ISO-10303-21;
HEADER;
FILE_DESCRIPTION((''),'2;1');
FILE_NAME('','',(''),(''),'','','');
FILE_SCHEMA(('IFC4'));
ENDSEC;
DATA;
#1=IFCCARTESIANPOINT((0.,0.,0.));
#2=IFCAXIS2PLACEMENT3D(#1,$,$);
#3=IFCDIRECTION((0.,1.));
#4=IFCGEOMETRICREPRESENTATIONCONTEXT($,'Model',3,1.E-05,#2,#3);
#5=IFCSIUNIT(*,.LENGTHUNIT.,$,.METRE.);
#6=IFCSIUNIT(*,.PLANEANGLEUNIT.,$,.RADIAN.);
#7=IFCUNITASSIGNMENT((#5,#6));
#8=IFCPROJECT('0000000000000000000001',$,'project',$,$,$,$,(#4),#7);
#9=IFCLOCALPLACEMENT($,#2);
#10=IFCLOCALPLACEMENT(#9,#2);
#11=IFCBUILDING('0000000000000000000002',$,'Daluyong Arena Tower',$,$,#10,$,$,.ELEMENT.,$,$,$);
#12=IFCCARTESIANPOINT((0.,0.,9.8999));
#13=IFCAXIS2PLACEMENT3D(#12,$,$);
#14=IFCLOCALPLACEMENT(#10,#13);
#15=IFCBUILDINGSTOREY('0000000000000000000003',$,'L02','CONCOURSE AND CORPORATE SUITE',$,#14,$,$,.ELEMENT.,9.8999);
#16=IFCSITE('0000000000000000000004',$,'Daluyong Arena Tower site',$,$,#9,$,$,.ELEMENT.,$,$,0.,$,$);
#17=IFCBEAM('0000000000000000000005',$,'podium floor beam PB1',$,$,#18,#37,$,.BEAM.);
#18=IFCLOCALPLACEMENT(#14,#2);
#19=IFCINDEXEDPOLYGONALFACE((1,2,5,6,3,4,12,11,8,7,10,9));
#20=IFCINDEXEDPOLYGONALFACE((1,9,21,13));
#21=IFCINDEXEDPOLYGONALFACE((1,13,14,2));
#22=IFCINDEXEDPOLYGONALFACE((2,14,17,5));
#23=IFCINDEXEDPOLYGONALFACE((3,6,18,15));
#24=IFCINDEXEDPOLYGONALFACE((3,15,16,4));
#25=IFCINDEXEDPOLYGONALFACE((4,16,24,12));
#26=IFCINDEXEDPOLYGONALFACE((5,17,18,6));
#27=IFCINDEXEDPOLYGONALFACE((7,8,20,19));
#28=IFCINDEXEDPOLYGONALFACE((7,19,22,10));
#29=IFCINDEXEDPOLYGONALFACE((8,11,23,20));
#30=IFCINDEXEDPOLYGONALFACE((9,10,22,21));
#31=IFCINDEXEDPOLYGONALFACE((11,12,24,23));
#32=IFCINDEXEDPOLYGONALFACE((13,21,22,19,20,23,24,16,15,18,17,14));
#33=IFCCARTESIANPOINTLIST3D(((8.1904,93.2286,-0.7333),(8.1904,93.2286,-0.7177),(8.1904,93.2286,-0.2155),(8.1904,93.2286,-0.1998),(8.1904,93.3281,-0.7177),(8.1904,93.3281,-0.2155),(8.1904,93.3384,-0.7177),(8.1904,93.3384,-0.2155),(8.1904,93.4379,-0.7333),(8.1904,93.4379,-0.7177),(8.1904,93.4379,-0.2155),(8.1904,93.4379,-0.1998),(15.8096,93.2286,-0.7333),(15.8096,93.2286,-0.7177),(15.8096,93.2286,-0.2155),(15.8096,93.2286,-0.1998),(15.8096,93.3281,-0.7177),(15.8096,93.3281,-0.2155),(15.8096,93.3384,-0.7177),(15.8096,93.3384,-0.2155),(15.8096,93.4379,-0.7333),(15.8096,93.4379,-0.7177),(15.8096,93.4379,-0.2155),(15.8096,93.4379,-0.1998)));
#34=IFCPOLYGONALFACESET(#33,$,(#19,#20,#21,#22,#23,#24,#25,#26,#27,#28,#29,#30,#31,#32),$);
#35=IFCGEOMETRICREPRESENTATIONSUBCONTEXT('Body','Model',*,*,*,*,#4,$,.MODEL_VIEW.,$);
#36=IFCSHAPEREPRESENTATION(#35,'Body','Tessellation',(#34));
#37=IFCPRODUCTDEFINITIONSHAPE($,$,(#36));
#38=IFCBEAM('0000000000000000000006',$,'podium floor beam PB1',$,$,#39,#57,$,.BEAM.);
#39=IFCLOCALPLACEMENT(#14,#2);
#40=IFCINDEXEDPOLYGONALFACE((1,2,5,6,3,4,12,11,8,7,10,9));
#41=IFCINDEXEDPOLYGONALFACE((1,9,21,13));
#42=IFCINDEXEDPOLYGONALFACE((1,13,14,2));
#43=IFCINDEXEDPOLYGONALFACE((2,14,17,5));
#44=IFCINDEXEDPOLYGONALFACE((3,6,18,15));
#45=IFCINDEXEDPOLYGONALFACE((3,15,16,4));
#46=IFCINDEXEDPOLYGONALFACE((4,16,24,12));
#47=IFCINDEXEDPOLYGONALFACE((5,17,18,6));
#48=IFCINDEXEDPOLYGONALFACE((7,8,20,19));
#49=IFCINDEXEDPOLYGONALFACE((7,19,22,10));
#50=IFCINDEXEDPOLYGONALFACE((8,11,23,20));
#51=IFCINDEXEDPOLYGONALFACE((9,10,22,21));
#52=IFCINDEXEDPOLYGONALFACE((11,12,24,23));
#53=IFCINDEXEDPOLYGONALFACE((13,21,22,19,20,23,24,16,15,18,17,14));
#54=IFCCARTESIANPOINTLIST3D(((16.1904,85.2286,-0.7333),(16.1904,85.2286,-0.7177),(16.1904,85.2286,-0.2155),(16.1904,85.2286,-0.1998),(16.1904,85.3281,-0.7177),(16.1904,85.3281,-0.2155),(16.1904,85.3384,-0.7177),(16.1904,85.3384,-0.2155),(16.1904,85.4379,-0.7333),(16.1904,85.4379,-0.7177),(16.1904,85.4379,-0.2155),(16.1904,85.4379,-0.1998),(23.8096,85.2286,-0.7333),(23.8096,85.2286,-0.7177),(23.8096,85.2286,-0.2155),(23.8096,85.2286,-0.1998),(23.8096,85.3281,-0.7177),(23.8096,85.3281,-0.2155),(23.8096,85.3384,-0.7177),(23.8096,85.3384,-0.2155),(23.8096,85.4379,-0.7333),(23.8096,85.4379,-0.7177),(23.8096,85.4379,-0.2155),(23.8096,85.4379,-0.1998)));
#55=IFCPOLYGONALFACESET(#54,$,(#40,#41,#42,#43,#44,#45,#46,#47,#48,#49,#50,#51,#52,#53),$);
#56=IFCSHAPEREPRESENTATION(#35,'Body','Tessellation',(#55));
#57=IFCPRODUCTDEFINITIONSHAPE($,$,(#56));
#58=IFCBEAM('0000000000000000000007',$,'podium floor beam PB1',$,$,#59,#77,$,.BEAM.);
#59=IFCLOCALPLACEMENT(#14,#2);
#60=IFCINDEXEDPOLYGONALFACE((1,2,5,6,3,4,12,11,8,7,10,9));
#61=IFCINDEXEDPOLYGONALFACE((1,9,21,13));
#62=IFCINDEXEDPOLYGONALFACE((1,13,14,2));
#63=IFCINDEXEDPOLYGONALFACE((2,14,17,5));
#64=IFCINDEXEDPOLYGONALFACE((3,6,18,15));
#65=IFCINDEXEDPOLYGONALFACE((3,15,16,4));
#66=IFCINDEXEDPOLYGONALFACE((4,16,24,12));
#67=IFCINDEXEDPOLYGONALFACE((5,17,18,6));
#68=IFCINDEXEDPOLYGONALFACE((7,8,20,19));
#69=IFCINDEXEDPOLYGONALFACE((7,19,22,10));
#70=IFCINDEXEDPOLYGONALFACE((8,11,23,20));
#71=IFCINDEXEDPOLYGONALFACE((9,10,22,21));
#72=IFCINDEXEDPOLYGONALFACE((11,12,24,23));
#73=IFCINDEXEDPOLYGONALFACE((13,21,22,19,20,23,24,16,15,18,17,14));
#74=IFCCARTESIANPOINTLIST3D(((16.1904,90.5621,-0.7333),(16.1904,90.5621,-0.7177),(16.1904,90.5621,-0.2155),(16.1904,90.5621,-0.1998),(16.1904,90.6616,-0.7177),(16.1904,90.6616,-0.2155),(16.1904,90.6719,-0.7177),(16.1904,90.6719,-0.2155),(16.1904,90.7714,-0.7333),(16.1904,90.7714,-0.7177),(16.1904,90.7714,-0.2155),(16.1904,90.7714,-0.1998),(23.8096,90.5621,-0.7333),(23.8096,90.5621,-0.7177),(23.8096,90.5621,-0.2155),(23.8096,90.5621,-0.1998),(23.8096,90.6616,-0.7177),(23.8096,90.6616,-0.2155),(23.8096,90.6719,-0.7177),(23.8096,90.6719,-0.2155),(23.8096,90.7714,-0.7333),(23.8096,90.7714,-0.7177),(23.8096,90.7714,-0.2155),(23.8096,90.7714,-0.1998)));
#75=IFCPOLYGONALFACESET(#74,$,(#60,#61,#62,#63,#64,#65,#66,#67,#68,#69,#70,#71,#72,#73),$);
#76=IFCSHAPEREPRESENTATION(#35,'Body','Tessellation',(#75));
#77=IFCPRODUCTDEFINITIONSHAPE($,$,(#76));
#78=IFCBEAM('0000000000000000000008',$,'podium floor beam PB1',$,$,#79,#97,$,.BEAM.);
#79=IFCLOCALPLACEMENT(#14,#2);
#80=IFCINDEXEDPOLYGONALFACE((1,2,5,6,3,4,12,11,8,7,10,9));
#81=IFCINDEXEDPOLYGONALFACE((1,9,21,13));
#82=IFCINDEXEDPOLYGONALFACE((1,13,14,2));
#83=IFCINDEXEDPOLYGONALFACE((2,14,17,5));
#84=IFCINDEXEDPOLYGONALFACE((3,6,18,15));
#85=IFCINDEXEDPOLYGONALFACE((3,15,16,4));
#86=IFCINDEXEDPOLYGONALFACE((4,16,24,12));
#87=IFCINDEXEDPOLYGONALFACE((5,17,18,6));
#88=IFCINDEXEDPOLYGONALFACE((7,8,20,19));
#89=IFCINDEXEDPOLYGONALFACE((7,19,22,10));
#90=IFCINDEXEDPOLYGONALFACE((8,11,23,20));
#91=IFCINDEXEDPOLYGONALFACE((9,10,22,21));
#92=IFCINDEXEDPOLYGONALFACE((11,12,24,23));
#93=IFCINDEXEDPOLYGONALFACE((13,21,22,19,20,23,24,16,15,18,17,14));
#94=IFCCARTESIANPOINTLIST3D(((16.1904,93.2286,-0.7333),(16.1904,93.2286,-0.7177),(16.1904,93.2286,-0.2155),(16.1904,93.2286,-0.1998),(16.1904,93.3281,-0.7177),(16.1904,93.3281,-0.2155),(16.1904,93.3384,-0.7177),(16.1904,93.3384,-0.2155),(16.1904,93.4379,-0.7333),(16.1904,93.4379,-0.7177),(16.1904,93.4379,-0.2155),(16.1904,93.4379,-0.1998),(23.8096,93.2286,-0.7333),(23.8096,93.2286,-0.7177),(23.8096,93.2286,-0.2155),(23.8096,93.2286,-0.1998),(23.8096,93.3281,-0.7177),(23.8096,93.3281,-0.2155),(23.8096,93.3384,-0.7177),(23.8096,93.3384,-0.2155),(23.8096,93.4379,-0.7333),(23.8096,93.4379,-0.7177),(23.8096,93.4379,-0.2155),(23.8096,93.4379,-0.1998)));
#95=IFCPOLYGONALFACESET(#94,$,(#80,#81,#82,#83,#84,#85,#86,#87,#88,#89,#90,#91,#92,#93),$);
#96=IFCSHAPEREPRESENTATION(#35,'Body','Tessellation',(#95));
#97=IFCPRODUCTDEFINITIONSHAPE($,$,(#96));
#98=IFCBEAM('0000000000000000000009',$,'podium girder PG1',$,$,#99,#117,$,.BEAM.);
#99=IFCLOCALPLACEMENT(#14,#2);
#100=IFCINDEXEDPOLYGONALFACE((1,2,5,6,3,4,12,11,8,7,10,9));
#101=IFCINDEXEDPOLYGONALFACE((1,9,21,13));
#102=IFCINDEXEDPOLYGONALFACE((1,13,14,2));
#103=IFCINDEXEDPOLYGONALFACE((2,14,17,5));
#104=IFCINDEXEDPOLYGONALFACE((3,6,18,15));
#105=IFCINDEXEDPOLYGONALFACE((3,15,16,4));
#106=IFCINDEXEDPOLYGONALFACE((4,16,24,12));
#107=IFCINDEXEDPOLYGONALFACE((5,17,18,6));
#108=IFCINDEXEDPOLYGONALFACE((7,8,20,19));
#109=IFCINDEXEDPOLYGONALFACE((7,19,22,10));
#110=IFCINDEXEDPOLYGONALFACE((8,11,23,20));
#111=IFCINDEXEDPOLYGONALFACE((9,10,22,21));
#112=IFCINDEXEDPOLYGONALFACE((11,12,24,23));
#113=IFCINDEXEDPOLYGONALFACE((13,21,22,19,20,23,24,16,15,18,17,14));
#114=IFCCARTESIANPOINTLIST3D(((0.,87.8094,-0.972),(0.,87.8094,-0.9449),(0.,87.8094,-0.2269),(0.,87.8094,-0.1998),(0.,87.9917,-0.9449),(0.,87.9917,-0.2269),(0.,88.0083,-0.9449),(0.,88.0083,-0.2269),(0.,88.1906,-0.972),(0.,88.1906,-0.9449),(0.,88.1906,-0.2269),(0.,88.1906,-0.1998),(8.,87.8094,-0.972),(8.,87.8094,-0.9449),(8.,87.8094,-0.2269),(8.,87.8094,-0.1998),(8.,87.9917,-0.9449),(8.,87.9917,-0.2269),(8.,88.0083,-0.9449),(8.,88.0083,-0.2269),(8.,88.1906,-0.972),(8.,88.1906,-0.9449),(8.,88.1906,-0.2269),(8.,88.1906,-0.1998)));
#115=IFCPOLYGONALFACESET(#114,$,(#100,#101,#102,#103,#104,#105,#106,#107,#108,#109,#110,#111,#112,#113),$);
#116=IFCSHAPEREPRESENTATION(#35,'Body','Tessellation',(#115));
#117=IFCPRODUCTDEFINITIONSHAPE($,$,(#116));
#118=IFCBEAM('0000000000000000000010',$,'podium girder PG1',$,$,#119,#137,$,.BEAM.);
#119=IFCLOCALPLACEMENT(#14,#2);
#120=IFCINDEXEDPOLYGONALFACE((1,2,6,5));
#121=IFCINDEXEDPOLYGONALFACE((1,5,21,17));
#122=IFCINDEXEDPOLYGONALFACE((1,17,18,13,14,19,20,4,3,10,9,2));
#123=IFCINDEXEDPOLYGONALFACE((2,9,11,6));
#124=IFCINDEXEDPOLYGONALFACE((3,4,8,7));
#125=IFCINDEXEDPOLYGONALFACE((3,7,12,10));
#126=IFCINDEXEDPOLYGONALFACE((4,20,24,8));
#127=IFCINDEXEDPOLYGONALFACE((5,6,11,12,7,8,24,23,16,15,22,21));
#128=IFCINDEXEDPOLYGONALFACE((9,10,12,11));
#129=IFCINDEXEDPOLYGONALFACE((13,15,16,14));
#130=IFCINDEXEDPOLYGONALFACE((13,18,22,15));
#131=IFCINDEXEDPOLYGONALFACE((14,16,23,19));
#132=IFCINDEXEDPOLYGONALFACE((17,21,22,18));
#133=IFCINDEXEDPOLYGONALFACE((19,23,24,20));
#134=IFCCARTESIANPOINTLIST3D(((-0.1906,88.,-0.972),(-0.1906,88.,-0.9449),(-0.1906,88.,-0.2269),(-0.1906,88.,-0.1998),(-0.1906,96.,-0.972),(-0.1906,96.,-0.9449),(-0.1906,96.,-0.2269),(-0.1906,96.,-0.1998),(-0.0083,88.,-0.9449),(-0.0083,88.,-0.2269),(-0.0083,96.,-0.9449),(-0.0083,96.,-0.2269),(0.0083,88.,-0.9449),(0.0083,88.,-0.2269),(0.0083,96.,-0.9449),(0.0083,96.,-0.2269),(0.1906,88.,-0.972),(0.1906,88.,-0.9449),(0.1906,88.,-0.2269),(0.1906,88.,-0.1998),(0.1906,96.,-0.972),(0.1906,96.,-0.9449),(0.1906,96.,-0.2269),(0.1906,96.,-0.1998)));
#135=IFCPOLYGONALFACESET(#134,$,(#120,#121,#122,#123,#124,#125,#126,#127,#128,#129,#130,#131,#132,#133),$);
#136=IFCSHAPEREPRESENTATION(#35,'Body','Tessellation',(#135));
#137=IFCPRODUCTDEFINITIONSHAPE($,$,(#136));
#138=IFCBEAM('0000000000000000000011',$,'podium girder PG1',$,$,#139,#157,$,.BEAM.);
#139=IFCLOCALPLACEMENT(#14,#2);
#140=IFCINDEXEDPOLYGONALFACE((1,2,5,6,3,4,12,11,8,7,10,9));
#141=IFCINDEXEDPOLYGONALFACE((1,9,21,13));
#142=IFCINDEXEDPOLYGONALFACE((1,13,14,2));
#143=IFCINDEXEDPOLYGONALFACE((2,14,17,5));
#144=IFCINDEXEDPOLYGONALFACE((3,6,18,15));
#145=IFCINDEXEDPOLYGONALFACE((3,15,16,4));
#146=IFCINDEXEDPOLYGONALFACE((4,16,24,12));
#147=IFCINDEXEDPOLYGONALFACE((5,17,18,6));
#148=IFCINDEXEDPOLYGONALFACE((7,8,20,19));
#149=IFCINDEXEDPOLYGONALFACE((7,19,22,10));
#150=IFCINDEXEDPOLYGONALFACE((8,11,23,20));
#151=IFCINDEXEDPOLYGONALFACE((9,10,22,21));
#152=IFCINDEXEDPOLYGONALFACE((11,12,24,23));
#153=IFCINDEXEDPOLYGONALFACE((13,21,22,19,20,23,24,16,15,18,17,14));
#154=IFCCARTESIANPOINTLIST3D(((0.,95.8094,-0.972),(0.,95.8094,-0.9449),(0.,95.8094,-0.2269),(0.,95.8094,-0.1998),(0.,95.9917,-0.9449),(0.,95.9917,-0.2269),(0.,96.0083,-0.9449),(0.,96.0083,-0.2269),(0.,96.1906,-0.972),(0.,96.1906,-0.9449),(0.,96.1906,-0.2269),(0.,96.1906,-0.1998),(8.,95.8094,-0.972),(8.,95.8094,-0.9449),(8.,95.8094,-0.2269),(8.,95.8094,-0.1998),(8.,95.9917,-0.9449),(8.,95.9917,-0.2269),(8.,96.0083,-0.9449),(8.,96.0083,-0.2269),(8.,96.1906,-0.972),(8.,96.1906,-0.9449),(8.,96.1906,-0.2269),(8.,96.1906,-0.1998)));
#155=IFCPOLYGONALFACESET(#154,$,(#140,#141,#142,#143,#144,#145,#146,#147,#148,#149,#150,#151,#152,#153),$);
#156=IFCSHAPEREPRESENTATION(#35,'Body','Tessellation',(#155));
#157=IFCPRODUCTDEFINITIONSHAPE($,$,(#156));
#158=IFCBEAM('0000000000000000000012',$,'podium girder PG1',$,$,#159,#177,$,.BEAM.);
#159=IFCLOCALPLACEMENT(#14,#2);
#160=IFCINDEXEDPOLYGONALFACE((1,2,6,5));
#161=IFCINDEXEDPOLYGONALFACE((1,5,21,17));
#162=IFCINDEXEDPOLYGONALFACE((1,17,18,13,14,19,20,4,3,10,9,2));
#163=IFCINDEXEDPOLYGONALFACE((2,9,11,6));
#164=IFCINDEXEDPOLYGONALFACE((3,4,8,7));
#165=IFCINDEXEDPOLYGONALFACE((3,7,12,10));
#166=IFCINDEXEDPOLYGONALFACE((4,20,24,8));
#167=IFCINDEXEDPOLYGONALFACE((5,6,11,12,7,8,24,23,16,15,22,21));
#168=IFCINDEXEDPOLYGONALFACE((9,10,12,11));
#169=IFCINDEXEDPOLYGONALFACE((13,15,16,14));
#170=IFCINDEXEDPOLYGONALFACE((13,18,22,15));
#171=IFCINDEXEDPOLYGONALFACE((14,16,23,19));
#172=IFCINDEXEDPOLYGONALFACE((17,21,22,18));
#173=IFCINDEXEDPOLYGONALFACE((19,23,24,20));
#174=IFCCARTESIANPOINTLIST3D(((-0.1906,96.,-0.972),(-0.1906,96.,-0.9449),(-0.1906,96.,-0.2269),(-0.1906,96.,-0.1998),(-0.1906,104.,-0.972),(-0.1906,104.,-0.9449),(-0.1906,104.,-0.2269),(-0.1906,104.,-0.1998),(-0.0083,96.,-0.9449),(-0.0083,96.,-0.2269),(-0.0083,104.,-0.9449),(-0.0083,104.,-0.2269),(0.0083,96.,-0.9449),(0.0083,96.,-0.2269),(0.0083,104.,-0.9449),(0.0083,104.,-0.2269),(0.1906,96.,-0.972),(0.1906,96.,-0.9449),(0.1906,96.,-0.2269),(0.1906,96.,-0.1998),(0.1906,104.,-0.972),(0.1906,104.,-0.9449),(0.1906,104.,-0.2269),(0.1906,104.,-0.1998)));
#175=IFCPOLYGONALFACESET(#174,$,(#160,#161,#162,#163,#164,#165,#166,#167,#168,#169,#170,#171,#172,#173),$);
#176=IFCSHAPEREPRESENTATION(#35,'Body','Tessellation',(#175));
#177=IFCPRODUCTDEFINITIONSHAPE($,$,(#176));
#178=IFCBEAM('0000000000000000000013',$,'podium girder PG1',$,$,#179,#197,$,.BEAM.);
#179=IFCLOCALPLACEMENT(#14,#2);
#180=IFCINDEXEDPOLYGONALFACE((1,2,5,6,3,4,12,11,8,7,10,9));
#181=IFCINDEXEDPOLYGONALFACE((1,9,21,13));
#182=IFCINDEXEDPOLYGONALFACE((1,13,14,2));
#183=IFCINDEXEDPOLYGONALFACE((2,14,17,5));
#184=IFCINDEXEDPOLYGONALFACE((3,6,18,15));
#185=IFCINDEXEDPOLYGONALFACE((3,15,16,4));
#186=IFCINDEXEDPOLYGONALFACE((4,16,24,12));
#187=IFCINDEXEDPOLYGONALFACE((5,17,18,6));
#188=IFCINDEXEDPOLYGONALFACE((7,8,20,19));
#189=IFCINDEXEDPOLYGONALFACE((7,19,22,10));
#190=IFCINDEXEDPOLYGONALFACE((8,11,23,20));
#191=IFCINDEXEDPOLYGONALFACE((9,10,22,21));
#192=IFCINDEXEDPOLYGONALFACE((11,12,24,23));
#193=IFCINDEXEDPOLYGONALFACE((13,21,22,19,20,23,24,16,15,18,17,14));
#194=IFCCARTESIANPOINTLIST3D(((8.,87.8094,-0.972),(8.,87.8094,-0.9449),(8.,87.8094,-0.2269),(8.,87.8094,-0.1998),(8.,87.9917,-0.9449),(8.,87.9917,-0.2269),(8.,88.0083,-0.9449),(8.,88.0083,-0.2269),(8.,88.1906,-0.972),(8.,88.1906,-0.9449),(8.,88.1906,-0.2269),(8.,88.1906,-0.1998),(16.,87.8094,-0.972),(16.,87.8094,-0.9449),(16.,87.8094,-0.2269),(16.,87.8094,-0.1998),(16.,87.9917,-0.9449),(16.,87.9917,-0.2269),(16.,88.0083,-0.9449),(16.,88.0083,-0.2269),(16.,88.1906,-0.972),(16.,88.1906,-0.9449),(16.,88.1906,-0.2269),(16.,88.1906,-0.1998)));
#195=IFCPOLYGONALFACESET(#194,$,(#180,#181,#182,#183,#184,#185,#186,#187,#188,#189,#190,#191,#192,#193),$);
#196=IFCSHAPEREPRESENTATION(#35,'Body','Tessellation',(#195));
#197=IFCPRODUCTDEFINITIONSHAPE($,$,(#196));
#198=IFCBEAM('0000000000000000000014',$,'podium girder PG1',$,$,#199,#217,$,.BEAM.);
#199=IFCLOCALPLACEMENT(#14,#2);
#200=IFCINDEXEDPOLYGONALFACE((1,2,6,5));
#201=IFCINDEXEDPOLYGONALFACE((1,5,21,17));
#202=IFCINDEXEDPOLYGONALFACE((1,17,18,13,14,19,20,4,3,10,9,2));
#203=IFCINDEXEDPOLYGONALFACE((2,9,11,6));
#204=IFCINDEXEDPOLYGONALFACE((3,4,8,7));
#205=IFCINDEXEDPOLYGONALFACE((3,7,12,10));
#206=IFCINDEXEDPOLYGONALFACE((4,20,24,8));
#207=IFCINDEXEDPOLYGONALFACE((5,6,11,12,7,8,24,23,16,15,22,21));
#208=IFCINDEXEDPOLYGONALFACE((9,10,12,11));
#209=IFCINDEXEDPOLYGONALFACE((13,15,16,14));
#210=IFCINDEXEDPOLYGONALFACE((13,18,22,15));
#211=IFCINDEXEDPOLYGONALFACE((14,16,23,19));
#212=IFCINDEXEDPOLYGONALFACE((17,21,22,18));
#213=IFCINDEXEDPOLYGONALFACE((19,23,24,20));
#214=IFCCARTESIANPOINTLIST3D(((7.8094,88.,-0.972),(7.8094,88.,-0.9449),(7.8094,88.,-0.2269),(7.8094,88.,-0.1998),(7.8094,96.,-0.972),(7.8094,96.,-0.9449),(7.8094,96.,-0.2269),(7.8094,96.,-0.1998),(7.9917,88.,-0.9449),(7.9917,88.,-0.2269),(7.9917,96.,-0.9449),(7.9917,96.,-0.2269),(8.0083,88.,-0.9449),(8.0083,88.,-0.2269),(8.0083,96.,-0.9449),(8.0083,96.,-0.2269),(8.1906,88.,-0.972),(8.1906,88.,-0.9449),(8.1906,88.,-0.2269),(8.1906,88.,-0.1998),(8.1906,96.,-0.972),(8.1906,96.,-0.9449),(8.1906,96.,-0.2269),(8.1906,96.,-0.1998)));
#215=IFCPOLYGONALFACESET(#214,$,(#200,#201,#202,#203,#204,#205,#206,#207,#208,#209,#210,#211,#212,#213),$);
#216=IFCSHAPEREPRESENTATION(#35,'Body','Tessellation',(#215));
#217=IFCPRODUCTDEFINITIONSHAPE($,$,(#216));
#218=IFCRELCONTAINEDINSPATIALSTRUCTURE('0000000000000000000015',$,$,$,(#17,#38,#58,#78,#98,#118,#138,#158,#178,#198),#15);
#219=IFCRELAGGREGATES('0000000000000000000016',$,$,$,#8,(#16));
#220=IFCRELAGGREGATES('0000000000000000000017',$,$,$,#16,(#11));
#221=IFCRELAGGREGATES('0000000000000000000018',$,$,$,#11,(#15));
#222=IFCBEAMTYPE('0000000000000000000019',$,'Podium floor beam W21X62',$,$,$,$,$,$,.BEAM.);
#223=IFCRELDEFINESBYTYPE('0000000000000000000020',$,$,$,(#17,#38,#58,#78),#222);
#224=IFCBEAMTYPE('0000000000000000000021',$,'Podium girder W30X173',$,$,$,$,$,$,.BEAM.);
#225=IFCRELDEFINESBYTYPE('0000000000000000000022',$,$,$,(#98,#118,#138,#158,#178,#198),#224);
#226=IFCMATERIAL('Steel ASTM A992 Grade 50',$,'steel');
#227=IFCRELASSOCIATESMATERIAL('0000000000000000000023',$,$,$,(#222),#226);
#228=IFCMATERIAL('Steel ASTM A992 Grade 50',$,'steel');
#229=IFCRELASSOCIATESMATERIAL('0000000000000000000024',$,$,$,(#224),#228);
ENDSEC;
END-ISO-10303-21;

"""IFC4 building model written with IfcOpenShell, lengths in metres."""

from ifc_helpers import new_model, si_unit, direction, frame, origin, origin_2d, place, context, subcontext, project, spatial, i_section, extrude, material, material_profile, profile_set, type_object, element, save


model = new_model("IFC4")

# Units and contexts
model_context = context("Model", 3, precision=1e-05, world=origin(), true_north=direction((0.0, 1.0)))
body_context = subcontext(model_context, "Body", "Model", "MODEL_VIEW")
ifc_project = project(units=[si_unit("LENGTHUNIT", "METRE"), si_unit("PLANEANGLEUNIT", "RADIAN")], contexts=[model_context])

# Site, building, storey
site_placement = place(None, origin())
site = spatial("IfcSite", under=ifc_project, at=site_placement, Name="Daluyong Arena Tower site", CompositionType="ELEMENT", RefElevation=0.0)
building_placement = place(site_placement, origin())
building = spatial("IfcBuilding", under=site, at=building_placement, Name="Daluyong Arena Tower", CompositionType="ELEMENT")
storey_placement = place(building_placement, frame((0.0, 0.0, 9.8999)))
storey = spatial("IfcBuildingStorey", under=building, at=storey_placement, Name="L02", Description="CONCOURSE AND CORPORATE SUITE", CompositionType="ELEMENT", Elevation=9.8999)

# Beams
ifc_material_1 = material(Name="Steel ASTM A992 Grade 50", Category="steel")
ifc_material_profile_1 = material_profile(ifc_material_1, i_section(OverallWidth=0.2092, OverallDepth=0.5334, WebThickness=0.0103, FlangeThickness=0.0156, at=origin_2d()))
ifc_profile_set_1 = profile_set([ifc_material_profile_1], Name="Steel ASTM A992 Grade 50")
beam_type_1 = type_object("IfcBeamType", Name="Podium floor beam W21X62", PredefinedType="BEAM", material=ifc_profile_set_1)
for number, where, z_axis, x_axis, name in (
    (1, (8.1904, 93.3333, -0.4666), (1.0, 0.0, 0.0), (0.0, 1.0, 0.0), "podium floor beam PB1"),
    (2, (16.1904, 85.3333, -0.4666), (1.0, 0.0, 0.0), (0.0, 1.0, 0.0), "podium floor beam PB1"),
    (3, (16.1904, 90.6667, -0.4666), (1.0, 0.0, 0.0), (0.0, 1.0, 0.0), "podium floor beam PB1"),
    (4, (16.1904, 93.3333, -0.4666), (1.0, 0.0, 0.0), (0.0, 1.0, 0.0), "podium floor beam PB1"),
):
    element("IfcBeam", number, at=place(storey_placement, frame(where, z_axis=z_axis, x_axis=x_axis)), inside=storey, type_object=beam_type_1, Name=name, PredefinedType="BEAM", context=body_context, shape_type="SweptSolid", body=[
        extrude(i_section(OverallWidth=0.2092, OverallDepth=0.5334, WebThickness=0.0103, FlangeThickness=0.0156, at=origin_2d()), origin(), (0.0, 0.0, 1.0), 7.6191),
    ])
ifc_material_2 = material(Name="Steel ASTM A992 Grade 50", Category="steel")
ifc_material_profile_2 = material_profile(ifc_material_2, i_section(OverallWidth=0.3811, OverallDepth=0.7722, WebThickness=0.0166, FlangeThickness=0.0271, at=origin_2d()))
ifc_profile_set_2 = profile_set([ifc_material_profile_2], Name="Steel ASTM A992 Grade 50")
beam_type_2 = type_object("IfcBeamType", Name="Podium girder W30X173", PredefinedType="BEAM", material=ifc_profile_set_2)
for number, where, z_axis, x_axis, name in (
    (5, (0.0, 88.0, -0.5859), (1.0, 0.0, 0.0), (0.0, 1.0, 0.0), "podium girder PG1"),
    (6, (0.0, 88.0, -0.5859), (0.0, 1.0, 0.0), (-1.0, 0.0, 0.0), "podium girder PG1"),
    (7, (0.0, 96.0, -0.5859), (1.0, 0.0, 0.0), (0.0, 1.0, 0.0), "podium girder PG1"),
    (8, (0.0, 96.0, -0.5859), (0.0, 1.0, 0.0), (-1.0, 0.0, 0.0), "podium girder PG1"),
    (9, (8.0, 88.0, -0.5859), (1.0, 0.0, 0.0), (0.0, 1.0, 0.0), "podium girder PG1"),
    (10, (8.0, 88.0, -0.5859), (0.0, 1.0, 0.0), (-1.0, 0.0, 0.0), "podium girder PG1"),
):
    element("IfcBeam", number, at=place(storey_placement, frame(where, z_axis=z_axis, x_axis=x_axis)), inside=storey, type_object=beam_type_2, Name=name, PredefinedType="BEAM", context=body_context, shape_type="SweptSolid", body=[
        extrude(i_section(OverallWidth=0.3811, OverallDepth=0.7722, WebThickness=0.0166, FlangeThickness=0.0271, at=origin_2d()), origin(), (0.0, 0.0, 1.0), 8.0),
    ])

save(model, "model.ifc")
